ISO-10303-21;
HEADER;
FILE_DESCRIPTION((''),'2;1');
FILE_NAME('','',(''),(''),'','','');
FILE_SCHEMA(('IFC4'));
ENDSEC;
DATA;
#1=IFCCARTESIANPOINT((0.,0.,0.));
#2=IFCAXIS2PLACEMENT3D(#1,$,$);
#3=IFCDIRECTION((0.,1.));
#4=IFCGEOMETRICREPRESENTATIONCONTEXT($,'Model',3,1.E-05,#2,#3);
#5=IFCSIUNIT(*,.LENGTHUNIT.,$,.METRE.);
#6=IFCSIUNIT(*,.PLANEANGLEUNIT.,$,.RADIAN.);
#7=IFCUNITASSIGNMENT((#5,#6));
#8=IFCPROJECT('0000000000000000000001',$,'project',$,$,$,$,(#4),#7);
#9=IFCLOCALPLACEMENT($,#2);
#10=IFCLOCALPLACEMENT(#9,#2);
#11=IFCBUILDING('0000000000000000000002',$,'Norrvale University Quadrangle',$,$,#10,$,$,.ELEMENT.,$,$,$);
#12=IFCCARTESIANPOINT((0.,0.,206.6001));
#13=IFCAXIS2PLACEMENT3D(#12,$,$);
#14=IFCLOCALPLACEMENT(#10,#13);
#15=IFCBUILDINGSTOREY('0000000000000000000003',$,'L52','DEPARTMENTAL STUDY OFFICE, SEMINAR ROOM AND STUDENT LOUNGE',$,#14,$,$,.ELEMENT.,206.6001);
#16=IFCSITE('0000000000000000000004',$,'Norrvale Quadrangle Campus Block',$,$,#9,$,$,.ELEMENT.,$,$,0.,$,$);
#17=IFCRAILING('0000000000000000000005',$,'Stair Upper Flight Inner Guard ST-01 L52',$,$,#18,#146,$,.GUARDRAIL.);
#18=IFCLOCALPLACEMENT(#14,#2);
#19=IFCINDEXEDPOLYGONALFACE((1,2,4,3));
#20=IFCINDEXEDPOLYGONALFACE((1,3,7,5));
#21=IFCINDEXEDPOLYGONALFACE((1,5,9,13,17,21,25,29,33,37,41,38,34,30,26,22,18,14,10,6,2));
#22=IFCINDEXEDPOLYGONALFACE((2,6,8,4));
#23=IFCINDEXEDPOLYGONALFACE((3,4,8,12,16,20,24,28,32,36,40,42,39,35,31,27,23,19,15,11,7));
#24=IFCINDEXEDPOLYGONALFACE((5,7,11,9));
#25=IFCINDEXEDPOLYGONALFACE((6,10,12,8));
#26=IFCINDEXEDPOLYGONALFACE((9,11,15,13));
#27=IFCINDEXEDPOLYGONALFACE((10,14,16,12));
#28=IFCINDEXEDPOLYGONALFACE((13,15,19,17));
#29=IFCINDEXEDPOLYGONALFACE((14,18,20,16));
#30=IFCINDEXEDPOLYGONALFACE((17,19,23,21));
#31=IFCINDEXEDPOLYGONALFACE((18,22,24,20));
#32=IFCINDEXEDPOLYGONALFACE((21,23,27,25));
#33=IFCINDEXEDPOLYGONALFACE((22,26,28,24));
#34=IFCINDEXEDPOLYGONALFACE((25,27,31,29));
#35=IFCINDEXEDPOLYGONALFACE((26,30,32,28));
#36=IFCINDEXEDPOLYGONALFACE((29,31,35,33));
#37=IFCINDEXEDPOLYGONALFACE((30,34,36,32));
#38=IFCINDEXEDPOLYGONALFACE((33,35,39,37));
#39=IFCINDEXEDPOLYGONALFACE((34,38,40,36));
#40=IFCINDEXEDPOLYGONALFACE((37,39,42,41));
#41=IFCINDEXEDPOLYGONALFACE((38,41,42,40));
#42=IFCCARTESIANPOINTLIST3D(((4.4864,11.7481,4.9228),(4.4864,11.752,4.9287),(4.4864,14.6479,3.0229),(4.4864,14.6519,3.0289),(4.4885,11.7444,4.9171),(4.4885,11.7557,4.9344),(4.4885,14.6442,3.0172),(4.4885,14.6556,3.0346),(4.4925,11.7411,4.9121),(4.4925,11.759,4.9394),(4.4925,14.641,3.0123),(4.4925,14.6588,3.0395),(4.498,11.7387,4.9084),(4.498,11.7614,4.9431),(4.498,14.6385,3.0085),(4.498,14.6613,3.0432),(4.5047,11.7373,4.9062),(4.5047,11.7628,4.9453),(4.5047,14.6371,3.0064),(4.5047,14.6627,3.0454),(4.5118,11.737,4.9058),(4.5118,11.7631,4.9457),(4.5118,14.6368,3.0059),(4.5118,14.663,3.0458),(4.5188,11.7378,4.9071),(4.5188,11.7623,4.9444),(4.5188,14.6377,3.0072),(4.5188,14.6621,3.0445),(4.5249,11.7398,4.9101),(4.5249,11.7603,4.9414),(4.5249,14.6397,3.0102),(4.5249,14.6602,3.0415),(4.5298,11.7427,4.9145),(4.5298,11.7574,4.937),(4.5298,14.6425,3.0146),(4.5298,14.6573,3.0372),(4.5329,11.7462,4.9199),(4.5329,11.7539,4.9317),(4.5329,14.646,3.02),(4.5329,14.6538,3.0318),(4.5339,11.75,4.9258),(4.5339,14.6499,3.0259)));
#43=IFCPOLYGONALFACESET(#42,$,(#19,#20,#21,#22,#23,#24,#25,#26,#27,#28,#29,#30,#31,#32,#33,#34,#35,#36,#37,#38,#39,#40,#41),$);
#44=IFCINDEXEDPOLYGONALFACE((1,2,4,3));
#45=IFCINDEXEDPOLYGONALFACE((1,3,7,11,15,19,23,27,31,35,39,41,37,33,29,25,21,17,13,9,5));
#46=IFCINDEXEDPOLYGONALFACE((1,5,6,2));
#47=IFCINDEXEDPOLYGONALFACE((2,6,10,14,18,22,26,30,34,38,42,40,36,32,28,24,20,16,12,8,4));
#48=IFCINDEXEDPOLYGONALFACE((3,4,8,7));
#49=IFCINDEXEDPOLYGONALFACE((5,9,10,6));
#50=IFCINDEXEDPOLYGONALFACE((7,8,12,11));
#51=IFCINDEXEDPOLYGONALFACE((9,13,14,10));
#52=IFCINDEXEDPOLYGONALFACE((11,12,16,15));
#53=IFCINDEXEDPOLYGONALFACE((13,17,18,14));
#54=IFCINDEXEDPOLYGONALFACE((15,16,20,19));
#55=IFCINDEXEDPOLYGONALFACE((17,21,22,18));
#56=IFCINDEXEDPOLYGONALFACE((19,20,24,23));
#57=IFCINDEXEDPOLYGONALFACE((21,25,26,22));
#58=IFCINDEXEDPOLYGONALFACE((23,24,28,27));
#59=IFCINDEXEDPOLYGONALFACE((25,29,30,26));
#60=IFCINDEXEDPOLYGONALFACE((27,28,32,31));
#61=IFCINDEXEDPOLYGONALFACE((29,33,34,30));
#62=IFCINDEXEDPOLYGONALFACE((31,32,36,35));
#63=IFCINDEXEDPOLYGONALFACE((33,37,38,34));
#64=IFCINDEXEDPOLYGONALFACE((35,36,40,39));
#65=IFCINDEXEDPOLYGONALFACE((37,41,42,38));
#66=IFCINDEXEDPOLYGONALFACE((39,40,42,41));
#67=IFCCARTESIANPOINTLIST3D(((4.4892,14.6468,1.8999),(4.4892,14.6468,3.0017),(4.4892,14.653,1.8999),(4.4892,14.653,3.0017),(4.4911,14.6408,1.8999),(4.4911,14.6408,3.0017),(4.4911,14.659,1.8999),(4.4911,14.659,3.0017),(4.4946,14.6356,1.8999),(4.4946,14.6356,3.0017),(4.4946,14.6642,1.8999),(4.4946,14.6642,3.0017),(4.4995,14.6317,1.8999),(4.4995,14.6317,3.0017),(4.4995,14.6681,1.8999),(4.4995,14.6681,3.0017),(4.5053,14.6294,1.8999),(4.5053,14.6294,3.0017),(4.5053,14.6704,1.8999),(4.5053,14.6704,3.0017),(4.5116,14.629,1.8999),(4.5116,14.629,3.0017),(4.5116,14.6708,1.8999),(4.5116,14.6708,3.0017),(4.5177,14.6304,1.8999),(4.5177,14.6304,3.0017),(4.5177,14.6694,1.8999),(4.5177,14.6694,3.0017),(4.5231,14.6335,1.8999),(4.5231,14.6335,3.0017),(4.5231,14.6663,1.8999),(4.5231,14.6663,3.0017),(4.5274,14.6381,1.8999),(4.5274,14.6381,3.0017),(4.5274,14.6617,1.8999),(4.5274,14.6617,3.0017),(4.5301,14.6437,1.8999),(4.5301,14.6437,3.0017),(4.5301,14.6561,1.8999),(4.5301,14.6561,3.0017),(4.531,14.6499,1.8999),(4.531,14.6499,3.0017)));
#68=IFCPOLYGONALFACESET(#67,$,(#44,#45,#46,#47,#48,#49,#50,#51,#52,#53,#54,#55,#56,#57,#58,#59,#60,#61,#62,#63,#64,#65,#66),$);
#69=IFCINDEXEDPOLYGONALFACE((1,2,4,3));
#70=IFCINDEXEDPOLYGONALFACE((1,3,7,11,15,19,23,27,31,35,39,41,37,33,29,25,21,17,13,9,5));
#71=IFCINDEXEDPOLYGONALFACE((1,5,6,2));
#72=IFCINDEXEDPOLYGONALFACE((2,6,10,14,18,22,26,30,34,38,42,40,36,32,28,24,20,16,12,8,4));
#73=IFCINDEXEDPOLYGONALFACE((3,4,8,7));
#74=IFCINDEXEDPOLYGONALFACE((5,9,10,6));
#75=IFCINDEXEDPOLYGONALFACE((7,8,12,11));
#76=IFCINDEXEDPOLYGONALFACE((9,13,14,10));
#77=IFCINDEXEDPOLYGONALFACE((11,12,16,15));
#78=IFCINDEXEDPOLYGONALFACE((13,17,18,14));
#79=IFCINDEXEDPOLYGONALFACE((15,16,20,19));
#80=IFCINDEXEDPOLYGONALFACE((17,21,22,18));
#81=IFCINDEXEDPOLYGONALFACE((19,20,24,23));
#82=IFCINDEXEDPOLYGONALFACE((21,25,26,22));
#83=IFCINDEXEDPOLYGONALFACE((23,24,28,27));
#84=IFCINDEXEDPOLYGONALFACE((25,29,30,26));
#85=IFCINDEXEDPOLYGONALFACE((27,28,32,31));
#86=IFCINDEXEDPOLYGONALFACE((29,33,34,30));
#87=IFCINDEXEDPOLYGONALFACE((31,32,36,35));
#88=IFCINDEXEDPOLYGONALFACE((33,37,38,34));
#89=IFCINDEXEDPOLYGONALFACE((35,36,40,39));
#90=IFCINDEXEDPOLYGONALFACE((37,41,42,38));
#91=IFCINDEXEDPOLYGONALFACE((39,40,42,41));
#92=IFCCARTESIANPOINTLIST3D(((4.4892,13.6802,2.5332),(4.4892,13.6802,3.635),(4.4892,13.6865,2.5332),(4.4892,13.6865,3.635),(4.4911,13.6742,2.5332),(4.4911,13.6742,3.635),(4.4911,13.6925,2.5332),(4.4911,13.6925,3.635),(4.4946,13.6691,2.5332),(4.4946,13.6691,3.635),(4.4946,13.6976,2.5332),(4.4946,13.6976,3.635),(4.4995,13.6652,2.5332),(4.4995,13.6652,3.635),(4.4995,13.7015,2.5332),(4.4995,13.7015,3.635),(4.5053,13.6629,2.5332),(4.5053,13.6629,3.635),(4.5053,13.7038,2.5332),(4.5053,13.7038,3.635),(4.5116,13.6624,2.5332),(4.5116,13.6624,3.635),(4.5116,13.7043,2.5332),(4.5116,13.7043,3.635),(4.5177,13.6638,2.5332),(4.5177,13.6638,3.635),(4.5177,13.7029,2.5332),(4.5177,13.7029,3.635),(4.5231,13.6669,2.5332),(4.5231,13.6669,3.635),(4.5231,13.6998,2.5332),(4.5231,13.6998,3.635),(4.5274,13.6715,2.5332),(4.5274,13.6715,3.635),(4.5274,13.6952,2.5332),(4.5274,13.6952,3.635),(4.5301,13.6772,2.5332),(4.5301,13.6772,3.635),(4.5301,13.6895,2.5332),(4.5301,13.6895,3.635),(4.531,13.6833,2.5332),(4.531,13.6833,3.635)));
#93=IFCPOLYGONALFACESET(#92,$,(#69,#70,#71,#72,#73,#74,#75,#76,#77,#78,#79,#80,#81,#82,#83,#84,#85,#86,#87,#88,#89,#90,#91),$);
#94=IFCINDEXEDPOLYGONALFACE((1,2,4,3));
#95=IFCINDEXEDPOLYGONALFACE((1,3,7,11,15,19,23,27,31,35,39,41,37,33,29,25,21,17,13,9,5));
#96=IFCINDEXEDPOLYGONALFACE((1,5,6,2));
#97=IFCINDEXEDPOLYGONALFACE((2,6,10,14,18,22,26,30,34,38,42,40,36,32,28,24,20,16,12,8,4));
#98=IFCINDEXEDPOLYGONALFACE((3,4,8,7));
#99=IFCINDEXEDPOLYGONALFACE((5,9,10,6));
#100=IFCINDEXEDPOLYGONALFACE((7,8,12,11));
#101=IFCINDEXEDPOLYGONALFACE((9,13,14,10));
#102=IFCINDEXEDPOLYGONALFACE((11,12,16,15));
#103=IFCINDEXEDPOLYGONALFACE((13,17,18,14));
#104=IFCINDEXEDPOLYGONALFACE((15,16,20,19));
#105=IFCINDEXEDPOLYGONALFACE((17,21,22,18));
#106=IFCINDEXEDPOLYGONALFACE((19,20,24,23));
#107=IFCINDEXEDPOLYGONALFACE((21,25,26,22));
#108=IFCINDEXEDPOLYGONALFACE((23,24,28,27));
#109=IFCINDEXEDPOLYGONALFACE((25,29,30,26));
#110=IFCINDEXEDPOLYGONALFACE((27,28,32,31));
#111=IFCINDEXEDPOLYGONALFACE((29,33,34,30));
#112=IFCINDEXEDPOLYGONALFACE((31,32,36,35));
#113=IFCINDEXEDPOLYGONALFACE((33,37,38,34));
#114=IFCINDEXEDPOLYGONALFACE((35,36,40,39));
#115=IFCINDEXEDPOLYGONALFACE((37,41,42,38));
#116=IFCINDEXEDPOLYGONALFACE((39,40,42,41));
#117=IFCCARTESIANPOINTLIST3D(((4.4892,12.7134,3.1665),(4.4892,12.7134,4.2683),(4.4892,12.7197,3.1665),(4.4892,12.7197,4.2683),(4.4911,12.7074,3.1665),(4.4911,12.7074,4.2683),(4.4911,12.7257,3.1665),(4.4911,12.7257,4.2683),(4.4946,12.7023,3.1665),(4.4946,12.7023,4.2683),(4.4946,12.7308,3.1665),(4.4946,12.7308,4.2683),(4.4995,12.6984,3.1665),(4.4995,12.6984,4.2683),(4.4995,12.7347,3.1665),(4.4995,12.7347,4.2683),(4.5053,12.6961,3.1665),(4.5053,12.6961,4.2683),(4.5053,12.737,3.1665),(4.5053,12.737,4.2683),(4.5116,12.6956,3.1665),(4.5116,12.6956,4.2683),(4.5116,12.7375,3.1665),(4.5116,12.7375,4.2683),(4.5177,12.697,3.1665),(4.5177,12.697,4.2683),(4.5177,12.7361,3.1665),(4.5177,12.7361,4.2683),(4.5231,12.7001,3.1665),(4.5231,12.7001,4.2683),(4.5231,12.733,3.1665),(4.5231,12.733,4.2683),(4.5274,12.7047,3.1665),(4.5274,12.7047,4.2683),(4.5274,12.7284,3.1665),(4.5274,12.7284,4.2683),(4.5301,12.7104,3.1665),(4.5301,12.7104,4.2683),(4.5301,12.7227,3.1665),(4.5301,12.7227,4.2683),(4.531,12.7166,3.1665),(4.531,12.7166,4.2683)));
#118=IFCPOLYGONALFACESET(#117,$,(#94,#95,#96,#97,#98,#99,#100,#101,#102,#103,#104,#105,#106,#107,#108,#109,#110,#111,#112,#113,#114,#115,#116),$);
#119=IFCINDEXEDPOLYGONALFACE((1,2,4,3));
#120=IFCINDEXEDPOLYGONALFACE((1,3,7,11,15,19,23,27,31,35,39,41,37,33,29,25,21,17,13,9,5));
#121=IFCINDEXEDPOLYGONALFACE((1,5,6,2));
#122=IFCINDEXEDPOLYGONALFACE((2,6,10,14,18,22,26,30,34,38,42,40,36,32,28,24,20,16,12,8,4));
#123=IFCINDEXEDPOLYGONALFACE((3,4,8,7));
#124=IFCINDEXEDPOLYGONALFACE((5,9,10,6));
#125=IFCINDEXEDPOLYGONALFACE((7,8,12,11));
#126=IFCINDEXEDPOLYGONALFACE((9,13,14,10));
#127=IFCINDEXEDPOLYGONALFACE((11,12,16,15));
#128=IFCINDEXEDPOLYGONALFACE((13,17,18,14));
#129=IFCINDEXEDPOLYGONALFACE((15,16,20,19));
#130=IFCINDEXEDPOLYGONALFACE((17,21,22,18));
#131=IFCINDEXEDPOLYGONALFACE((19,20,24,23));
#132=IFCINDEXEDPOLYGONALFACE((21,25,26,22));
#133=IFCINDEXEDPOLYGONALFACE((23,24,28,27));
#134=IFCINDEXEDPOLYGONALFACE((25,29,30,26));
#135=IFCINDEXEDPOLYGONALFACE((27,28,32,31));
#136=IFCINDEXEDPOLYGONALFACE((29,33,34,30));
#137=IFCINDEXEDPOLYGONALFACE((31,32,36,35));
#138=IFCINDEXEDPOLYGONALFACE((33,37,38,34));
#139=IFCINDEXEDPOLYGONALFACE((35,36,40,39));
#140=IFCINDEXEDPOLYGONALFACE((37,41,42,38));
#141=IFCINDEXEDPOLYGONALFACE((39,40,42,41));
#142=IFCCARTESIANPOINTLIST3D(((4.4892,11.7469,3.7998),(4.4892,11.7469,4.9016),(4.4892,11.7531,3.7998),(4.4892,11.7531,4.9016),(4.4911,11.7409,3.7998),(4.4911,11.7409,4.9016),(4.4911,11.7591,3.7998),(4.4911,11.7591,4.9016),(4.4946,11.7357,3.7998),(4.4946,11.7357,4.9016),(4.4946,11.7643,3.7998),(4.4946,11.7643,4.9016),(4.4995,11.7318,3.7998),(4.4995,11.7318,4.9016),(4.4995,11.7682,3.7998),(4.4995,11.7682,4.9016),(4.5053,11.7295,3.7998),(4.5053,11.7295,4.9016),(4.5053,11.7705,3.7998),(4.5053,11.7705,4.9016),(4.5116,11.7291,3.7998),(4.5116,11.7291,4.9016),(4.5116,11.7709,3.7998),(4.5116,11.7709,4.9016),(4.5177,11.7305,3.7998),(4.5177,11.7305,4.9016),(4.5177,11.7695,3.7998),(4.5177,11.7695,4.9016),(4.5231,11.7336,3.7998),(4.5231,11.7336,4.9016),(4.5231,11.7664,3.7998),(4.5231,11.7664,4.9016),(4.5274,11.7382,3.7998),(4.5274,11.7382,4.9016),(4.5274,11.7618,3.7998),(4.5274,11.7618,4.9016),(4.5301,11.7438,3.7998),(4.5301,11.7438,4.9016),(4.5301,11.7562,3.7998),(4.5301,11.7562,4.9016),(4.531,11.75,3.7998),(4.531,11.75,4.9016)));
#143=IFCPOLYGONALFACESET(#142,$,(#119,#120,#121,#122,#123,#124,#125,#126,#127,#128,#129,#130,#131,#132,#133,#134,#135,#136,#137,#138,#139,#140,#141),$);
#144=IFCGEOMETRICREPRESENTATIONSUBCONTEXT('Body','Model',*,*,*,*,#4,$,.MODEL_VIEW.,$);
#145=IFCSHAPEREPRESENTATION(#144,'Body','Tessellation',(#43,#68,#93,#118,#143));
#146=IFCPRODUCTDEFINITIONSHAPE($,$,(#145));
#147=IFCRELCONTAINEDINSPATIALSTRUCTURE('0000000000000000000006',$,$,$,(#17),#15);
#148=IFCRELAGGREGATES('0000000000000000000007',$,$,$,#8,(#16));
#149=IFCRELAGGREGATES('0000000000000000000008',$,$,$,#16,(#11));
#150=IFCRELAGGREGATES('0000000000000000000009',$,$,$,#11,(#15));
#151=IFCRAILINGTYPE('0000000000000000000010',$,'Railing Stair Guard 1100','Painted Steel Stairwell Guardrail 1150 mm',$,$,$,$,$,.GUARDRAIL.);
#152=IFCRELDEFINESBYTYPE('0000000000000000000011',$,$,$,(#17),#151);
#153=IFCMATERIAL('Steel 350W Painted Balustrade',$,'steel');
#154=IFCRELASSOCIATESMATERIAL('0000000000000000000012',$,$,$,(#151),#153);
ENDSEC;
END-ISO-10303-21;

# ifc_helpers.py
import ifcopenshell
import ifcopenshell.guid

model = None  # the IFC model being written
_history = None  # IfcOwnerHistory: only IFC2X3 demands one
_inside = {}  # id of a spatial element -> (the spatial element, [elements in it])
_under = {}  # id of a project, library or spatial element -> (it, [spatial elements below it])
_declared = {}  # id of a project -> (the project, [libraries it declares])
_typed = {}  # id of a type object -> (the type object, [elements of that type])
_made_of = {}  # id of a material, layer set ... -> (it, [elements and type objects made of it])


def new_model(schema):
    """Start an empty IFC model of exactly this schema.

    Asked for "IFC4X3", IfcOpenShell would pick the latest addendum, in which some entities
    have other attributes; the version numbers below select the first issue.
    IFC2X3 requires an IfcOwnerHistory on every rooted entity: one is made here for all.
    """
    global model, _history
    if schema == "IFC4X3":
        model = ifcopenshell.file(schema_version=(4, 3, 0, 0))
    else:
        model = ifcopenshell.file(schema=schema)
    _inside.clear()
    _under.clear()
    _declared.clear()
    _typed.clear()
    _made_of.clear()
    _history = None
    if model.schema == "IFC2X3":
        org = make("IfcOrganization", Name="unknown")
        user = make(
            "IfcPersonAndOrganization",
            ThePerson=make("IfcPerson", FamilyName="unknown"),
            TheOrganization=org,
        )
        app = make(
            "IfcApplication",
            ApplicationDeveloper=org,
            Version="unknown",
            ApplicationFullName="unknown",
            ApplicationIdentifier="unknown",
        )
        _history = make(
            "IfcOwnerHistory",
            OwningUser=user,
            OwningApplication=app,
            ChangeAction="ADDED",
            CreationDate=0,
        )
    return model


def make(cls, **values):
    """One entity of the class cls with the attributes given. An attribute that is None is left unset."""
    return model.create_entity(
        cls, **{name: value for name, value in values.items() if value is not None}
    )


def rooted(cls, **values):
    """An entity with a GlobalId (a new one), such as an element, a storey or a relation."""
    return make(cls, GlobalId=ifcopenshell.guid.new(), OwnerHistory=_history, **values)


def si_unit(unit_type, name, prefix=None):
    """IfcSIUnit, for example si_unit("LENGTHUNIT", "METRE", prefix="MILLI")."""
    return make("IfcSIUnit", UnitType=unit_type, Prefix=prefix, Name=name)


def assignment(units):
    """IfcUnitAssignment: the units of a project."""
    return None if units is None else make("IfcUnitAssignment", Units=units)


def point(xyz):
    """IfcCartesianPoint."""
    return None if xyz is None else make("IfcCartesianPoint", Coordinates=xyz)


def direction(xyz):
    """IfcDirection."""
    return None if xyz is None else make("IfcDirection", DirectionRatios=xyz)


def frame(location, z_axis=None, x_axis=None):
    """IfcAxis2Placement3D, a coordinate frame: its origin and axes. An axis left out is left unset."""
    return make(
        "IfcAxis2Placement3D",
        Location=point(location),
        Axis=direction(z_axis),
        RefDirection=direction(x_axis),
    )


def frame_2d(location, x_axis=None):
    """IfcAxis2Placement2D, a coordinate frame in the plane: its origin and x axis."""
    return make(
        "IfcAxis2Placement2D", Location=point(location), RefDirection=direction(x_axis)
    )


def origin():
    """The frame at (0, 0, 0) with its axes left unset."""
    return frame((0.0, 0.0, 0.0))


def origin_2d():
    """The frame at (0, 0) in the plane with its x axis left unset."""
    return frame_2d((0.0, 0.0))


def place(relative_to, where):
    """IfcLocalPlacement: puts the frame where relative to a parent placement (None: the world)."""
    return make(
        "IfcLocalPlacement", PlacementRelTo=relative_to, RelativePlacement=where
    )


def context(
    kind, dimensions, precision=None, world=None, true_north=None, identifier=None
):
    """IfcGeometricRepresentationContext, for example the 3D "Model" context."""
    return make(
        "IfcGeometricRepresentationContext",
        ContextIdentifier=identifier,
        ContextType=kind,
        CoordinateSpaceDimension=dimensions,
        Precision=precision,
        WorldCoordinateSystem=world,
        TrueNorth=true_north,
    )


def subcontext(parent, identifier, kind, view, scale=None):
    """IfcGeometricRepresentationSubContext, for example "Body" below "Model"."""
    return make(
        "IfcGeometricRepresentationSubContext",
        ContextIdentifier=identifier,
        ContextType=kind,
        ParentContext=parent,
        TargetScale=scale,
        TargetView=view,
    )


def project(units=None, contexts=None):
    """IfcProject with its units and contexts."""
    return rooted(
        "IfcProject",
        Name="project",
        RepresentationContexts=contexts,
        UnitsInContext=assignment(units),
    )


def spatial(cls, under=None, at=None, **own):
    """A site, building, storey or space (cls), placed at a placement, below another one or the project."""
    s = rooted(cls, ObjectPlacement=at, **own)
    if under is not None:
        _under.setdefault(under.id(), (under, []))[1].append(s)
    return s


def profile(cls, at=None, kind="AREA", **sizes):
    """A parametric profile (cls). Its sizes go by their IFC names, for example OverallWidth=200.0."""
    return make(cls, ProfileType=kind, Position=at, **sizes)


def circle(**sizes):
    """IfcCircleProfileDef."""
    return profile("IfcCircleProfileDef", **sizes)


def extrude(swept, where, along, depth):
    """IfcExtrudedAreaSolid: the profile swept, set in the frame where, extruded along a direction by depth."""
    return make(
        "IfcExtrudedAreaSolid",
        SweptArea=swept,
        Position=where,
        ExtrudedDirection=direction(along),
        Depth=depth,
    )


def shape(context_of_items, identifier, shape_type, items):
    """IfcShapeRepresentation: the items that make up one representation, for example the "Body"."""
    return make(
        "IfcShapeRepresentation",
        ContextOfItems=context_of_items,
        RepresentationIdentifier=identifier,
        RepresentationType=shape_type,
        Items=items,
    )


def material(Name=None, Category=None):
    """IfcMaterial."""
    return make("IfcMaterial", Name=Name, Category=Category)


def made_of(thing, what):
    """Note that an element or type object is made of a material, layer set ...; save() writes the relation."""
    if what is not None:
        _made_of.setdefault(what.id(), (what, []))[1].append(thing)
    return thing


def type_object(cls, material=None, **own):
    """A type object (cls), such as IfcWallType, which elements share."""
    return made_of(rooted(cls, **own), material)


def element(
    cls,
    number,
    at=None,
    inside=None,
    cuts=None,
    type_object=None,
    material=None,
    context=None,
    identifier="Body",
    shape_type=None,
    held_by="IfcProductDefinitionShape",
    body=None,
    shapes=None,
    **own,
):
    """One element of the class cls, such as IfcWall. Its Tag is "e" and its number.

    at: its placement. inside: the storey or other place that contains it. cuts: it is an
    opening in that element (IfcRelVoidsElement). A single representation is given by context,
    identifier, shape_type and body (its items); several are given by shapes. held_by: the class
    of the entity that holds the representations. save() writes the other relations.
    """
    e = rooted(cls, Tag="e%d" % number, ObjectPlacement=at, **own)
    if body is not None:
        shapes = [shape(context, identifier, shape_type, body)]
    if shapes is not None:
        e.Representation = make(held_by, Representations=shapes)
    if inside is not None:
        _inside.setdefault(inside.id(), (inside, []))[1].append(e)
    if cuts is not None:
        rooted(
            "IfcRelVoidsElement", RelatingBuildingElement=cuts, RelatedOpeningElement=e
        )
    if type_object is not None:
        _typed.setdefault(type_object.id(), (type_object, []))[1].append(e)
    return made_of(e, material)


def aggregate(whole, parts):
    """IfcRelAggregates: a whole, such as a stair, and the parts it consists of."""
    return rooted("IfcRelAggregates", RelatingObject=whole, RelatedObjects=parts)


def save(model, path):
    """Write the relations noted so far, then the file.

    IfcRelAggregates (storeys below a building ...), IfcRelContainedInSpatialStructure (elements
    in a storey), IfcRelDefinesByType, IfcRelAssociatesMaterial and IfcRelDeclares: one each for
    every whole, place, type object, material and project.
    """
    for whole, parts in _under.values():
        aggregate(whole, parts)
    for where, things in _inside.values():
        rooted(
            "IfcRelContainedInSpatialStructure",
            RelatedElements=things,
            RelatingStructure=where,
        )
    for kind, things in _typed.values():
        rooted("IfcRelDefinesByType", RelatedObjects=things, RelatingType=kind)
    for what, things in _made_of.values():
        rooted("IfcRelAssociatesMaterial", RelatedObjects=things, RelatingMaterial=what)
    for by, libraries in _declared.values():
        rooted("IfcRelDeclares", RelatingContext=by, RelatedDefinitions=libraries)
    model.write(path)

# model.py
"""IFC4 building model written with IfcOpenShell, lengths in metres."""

from ifc_helpers import new_model, si_unit, direction, frame, origin, origin_2d, place, context, subcontext, project, spatial, circle, extrude, material, type_object, element, save


model = new_model("IFC4")

# Units and contexts
model_context = context("Model", 3, precision=1e-05, world=origin(), true_north=direction((0.0, 1.0)))
body_context = subcontext(model_context, "Body", "Model", "MODEL_VIEW")
ifc_project = project(units=[si_unit("LENGTHUNIT", "METRE"), si_unit("PLANEANGLEUNIT", "RADIAN")], contexts=[model_context])

# Site, building, storey
site_placement = place(None, origin())
site = spatial("IfcSite", under=ifc_project, at=site_placement, Name="Norrvale Quadrangle Campus Block", CompositionType="ELEMENT", RefElevation=0.0)
building_placement = place(site_placement, origin())
building = spatial("IfcBuilding", under=site, at=building_placement, Name="Norrvale University Quadrangle", CompositionType="ELEMENT")
storey_placement = place(building_placement, frame((0.0, 0.0, 206.6001)))
storey = spatial("IfcBuildingStorey", under=building, at=storey_placement, Name="L52", Description="DEPARTMENTAL STUDY OFFICE, SEMINAR ROOM AND STUDENT LOUNGE", CompositionType="ELEMENT", Elevation=206.6001)

# Railing
ifc_material_1 = material(Name="Steel 350W Painted Balustrade", Category="steel")
railing_type_1 = type_object("IfcRailingType", Name="Railing Stair Guard 1100", Description="Painted Steel Stairwell Guardrail 1150 mm", PredefinedType="GUARDRAIL", material=ifc_material_1)
railing_1_placement = place(storey_placement, frame((4.51, 14.6499, 1.8999)))
element("IfcRailing", 1, at=railing_1_placement, inside=storey, type_object=railing_type_1, Name="Stair Upper Flight Inner Guard ST-01 L52", PredefinedType="GUARDRAIL", context=body_context, shape_type="SweptSolid", body=[
    extrude(circle(Radius=0.0239, at=origin_2d()), frame((0.0, 0.0, 1.126), z_axis=(0.0, -0.836466, 0.548019), x_axis=(1.0, 0.0, 0.0)), (0.0, 0.0, 1.0), 3.4668),
    extrude(circle(Radius=0.021, at=origin_2d()), origin(), (0.0, 0.0, 1.0), 1.1018),
    extrude(circle(Radius=0.021, at=origin_2d()), frame((0.0, -0.9666, 0.6333)), (0.0, 0.0, 1.0), 1.1018),
    extrude(circle(Radius=0.021, at=origin_2d()), frame((0.0, -1.9333, 1.2666)), (0.0, 0.0, 1.0), 1.1018),
    extrude(circle(Radius=0.021, at=origin_2d()), frame((0.0, -2.8999, 1.8999)), (0.0, 0.0, 1.0), 1.1018),
])

save(model, "model.ifc")
